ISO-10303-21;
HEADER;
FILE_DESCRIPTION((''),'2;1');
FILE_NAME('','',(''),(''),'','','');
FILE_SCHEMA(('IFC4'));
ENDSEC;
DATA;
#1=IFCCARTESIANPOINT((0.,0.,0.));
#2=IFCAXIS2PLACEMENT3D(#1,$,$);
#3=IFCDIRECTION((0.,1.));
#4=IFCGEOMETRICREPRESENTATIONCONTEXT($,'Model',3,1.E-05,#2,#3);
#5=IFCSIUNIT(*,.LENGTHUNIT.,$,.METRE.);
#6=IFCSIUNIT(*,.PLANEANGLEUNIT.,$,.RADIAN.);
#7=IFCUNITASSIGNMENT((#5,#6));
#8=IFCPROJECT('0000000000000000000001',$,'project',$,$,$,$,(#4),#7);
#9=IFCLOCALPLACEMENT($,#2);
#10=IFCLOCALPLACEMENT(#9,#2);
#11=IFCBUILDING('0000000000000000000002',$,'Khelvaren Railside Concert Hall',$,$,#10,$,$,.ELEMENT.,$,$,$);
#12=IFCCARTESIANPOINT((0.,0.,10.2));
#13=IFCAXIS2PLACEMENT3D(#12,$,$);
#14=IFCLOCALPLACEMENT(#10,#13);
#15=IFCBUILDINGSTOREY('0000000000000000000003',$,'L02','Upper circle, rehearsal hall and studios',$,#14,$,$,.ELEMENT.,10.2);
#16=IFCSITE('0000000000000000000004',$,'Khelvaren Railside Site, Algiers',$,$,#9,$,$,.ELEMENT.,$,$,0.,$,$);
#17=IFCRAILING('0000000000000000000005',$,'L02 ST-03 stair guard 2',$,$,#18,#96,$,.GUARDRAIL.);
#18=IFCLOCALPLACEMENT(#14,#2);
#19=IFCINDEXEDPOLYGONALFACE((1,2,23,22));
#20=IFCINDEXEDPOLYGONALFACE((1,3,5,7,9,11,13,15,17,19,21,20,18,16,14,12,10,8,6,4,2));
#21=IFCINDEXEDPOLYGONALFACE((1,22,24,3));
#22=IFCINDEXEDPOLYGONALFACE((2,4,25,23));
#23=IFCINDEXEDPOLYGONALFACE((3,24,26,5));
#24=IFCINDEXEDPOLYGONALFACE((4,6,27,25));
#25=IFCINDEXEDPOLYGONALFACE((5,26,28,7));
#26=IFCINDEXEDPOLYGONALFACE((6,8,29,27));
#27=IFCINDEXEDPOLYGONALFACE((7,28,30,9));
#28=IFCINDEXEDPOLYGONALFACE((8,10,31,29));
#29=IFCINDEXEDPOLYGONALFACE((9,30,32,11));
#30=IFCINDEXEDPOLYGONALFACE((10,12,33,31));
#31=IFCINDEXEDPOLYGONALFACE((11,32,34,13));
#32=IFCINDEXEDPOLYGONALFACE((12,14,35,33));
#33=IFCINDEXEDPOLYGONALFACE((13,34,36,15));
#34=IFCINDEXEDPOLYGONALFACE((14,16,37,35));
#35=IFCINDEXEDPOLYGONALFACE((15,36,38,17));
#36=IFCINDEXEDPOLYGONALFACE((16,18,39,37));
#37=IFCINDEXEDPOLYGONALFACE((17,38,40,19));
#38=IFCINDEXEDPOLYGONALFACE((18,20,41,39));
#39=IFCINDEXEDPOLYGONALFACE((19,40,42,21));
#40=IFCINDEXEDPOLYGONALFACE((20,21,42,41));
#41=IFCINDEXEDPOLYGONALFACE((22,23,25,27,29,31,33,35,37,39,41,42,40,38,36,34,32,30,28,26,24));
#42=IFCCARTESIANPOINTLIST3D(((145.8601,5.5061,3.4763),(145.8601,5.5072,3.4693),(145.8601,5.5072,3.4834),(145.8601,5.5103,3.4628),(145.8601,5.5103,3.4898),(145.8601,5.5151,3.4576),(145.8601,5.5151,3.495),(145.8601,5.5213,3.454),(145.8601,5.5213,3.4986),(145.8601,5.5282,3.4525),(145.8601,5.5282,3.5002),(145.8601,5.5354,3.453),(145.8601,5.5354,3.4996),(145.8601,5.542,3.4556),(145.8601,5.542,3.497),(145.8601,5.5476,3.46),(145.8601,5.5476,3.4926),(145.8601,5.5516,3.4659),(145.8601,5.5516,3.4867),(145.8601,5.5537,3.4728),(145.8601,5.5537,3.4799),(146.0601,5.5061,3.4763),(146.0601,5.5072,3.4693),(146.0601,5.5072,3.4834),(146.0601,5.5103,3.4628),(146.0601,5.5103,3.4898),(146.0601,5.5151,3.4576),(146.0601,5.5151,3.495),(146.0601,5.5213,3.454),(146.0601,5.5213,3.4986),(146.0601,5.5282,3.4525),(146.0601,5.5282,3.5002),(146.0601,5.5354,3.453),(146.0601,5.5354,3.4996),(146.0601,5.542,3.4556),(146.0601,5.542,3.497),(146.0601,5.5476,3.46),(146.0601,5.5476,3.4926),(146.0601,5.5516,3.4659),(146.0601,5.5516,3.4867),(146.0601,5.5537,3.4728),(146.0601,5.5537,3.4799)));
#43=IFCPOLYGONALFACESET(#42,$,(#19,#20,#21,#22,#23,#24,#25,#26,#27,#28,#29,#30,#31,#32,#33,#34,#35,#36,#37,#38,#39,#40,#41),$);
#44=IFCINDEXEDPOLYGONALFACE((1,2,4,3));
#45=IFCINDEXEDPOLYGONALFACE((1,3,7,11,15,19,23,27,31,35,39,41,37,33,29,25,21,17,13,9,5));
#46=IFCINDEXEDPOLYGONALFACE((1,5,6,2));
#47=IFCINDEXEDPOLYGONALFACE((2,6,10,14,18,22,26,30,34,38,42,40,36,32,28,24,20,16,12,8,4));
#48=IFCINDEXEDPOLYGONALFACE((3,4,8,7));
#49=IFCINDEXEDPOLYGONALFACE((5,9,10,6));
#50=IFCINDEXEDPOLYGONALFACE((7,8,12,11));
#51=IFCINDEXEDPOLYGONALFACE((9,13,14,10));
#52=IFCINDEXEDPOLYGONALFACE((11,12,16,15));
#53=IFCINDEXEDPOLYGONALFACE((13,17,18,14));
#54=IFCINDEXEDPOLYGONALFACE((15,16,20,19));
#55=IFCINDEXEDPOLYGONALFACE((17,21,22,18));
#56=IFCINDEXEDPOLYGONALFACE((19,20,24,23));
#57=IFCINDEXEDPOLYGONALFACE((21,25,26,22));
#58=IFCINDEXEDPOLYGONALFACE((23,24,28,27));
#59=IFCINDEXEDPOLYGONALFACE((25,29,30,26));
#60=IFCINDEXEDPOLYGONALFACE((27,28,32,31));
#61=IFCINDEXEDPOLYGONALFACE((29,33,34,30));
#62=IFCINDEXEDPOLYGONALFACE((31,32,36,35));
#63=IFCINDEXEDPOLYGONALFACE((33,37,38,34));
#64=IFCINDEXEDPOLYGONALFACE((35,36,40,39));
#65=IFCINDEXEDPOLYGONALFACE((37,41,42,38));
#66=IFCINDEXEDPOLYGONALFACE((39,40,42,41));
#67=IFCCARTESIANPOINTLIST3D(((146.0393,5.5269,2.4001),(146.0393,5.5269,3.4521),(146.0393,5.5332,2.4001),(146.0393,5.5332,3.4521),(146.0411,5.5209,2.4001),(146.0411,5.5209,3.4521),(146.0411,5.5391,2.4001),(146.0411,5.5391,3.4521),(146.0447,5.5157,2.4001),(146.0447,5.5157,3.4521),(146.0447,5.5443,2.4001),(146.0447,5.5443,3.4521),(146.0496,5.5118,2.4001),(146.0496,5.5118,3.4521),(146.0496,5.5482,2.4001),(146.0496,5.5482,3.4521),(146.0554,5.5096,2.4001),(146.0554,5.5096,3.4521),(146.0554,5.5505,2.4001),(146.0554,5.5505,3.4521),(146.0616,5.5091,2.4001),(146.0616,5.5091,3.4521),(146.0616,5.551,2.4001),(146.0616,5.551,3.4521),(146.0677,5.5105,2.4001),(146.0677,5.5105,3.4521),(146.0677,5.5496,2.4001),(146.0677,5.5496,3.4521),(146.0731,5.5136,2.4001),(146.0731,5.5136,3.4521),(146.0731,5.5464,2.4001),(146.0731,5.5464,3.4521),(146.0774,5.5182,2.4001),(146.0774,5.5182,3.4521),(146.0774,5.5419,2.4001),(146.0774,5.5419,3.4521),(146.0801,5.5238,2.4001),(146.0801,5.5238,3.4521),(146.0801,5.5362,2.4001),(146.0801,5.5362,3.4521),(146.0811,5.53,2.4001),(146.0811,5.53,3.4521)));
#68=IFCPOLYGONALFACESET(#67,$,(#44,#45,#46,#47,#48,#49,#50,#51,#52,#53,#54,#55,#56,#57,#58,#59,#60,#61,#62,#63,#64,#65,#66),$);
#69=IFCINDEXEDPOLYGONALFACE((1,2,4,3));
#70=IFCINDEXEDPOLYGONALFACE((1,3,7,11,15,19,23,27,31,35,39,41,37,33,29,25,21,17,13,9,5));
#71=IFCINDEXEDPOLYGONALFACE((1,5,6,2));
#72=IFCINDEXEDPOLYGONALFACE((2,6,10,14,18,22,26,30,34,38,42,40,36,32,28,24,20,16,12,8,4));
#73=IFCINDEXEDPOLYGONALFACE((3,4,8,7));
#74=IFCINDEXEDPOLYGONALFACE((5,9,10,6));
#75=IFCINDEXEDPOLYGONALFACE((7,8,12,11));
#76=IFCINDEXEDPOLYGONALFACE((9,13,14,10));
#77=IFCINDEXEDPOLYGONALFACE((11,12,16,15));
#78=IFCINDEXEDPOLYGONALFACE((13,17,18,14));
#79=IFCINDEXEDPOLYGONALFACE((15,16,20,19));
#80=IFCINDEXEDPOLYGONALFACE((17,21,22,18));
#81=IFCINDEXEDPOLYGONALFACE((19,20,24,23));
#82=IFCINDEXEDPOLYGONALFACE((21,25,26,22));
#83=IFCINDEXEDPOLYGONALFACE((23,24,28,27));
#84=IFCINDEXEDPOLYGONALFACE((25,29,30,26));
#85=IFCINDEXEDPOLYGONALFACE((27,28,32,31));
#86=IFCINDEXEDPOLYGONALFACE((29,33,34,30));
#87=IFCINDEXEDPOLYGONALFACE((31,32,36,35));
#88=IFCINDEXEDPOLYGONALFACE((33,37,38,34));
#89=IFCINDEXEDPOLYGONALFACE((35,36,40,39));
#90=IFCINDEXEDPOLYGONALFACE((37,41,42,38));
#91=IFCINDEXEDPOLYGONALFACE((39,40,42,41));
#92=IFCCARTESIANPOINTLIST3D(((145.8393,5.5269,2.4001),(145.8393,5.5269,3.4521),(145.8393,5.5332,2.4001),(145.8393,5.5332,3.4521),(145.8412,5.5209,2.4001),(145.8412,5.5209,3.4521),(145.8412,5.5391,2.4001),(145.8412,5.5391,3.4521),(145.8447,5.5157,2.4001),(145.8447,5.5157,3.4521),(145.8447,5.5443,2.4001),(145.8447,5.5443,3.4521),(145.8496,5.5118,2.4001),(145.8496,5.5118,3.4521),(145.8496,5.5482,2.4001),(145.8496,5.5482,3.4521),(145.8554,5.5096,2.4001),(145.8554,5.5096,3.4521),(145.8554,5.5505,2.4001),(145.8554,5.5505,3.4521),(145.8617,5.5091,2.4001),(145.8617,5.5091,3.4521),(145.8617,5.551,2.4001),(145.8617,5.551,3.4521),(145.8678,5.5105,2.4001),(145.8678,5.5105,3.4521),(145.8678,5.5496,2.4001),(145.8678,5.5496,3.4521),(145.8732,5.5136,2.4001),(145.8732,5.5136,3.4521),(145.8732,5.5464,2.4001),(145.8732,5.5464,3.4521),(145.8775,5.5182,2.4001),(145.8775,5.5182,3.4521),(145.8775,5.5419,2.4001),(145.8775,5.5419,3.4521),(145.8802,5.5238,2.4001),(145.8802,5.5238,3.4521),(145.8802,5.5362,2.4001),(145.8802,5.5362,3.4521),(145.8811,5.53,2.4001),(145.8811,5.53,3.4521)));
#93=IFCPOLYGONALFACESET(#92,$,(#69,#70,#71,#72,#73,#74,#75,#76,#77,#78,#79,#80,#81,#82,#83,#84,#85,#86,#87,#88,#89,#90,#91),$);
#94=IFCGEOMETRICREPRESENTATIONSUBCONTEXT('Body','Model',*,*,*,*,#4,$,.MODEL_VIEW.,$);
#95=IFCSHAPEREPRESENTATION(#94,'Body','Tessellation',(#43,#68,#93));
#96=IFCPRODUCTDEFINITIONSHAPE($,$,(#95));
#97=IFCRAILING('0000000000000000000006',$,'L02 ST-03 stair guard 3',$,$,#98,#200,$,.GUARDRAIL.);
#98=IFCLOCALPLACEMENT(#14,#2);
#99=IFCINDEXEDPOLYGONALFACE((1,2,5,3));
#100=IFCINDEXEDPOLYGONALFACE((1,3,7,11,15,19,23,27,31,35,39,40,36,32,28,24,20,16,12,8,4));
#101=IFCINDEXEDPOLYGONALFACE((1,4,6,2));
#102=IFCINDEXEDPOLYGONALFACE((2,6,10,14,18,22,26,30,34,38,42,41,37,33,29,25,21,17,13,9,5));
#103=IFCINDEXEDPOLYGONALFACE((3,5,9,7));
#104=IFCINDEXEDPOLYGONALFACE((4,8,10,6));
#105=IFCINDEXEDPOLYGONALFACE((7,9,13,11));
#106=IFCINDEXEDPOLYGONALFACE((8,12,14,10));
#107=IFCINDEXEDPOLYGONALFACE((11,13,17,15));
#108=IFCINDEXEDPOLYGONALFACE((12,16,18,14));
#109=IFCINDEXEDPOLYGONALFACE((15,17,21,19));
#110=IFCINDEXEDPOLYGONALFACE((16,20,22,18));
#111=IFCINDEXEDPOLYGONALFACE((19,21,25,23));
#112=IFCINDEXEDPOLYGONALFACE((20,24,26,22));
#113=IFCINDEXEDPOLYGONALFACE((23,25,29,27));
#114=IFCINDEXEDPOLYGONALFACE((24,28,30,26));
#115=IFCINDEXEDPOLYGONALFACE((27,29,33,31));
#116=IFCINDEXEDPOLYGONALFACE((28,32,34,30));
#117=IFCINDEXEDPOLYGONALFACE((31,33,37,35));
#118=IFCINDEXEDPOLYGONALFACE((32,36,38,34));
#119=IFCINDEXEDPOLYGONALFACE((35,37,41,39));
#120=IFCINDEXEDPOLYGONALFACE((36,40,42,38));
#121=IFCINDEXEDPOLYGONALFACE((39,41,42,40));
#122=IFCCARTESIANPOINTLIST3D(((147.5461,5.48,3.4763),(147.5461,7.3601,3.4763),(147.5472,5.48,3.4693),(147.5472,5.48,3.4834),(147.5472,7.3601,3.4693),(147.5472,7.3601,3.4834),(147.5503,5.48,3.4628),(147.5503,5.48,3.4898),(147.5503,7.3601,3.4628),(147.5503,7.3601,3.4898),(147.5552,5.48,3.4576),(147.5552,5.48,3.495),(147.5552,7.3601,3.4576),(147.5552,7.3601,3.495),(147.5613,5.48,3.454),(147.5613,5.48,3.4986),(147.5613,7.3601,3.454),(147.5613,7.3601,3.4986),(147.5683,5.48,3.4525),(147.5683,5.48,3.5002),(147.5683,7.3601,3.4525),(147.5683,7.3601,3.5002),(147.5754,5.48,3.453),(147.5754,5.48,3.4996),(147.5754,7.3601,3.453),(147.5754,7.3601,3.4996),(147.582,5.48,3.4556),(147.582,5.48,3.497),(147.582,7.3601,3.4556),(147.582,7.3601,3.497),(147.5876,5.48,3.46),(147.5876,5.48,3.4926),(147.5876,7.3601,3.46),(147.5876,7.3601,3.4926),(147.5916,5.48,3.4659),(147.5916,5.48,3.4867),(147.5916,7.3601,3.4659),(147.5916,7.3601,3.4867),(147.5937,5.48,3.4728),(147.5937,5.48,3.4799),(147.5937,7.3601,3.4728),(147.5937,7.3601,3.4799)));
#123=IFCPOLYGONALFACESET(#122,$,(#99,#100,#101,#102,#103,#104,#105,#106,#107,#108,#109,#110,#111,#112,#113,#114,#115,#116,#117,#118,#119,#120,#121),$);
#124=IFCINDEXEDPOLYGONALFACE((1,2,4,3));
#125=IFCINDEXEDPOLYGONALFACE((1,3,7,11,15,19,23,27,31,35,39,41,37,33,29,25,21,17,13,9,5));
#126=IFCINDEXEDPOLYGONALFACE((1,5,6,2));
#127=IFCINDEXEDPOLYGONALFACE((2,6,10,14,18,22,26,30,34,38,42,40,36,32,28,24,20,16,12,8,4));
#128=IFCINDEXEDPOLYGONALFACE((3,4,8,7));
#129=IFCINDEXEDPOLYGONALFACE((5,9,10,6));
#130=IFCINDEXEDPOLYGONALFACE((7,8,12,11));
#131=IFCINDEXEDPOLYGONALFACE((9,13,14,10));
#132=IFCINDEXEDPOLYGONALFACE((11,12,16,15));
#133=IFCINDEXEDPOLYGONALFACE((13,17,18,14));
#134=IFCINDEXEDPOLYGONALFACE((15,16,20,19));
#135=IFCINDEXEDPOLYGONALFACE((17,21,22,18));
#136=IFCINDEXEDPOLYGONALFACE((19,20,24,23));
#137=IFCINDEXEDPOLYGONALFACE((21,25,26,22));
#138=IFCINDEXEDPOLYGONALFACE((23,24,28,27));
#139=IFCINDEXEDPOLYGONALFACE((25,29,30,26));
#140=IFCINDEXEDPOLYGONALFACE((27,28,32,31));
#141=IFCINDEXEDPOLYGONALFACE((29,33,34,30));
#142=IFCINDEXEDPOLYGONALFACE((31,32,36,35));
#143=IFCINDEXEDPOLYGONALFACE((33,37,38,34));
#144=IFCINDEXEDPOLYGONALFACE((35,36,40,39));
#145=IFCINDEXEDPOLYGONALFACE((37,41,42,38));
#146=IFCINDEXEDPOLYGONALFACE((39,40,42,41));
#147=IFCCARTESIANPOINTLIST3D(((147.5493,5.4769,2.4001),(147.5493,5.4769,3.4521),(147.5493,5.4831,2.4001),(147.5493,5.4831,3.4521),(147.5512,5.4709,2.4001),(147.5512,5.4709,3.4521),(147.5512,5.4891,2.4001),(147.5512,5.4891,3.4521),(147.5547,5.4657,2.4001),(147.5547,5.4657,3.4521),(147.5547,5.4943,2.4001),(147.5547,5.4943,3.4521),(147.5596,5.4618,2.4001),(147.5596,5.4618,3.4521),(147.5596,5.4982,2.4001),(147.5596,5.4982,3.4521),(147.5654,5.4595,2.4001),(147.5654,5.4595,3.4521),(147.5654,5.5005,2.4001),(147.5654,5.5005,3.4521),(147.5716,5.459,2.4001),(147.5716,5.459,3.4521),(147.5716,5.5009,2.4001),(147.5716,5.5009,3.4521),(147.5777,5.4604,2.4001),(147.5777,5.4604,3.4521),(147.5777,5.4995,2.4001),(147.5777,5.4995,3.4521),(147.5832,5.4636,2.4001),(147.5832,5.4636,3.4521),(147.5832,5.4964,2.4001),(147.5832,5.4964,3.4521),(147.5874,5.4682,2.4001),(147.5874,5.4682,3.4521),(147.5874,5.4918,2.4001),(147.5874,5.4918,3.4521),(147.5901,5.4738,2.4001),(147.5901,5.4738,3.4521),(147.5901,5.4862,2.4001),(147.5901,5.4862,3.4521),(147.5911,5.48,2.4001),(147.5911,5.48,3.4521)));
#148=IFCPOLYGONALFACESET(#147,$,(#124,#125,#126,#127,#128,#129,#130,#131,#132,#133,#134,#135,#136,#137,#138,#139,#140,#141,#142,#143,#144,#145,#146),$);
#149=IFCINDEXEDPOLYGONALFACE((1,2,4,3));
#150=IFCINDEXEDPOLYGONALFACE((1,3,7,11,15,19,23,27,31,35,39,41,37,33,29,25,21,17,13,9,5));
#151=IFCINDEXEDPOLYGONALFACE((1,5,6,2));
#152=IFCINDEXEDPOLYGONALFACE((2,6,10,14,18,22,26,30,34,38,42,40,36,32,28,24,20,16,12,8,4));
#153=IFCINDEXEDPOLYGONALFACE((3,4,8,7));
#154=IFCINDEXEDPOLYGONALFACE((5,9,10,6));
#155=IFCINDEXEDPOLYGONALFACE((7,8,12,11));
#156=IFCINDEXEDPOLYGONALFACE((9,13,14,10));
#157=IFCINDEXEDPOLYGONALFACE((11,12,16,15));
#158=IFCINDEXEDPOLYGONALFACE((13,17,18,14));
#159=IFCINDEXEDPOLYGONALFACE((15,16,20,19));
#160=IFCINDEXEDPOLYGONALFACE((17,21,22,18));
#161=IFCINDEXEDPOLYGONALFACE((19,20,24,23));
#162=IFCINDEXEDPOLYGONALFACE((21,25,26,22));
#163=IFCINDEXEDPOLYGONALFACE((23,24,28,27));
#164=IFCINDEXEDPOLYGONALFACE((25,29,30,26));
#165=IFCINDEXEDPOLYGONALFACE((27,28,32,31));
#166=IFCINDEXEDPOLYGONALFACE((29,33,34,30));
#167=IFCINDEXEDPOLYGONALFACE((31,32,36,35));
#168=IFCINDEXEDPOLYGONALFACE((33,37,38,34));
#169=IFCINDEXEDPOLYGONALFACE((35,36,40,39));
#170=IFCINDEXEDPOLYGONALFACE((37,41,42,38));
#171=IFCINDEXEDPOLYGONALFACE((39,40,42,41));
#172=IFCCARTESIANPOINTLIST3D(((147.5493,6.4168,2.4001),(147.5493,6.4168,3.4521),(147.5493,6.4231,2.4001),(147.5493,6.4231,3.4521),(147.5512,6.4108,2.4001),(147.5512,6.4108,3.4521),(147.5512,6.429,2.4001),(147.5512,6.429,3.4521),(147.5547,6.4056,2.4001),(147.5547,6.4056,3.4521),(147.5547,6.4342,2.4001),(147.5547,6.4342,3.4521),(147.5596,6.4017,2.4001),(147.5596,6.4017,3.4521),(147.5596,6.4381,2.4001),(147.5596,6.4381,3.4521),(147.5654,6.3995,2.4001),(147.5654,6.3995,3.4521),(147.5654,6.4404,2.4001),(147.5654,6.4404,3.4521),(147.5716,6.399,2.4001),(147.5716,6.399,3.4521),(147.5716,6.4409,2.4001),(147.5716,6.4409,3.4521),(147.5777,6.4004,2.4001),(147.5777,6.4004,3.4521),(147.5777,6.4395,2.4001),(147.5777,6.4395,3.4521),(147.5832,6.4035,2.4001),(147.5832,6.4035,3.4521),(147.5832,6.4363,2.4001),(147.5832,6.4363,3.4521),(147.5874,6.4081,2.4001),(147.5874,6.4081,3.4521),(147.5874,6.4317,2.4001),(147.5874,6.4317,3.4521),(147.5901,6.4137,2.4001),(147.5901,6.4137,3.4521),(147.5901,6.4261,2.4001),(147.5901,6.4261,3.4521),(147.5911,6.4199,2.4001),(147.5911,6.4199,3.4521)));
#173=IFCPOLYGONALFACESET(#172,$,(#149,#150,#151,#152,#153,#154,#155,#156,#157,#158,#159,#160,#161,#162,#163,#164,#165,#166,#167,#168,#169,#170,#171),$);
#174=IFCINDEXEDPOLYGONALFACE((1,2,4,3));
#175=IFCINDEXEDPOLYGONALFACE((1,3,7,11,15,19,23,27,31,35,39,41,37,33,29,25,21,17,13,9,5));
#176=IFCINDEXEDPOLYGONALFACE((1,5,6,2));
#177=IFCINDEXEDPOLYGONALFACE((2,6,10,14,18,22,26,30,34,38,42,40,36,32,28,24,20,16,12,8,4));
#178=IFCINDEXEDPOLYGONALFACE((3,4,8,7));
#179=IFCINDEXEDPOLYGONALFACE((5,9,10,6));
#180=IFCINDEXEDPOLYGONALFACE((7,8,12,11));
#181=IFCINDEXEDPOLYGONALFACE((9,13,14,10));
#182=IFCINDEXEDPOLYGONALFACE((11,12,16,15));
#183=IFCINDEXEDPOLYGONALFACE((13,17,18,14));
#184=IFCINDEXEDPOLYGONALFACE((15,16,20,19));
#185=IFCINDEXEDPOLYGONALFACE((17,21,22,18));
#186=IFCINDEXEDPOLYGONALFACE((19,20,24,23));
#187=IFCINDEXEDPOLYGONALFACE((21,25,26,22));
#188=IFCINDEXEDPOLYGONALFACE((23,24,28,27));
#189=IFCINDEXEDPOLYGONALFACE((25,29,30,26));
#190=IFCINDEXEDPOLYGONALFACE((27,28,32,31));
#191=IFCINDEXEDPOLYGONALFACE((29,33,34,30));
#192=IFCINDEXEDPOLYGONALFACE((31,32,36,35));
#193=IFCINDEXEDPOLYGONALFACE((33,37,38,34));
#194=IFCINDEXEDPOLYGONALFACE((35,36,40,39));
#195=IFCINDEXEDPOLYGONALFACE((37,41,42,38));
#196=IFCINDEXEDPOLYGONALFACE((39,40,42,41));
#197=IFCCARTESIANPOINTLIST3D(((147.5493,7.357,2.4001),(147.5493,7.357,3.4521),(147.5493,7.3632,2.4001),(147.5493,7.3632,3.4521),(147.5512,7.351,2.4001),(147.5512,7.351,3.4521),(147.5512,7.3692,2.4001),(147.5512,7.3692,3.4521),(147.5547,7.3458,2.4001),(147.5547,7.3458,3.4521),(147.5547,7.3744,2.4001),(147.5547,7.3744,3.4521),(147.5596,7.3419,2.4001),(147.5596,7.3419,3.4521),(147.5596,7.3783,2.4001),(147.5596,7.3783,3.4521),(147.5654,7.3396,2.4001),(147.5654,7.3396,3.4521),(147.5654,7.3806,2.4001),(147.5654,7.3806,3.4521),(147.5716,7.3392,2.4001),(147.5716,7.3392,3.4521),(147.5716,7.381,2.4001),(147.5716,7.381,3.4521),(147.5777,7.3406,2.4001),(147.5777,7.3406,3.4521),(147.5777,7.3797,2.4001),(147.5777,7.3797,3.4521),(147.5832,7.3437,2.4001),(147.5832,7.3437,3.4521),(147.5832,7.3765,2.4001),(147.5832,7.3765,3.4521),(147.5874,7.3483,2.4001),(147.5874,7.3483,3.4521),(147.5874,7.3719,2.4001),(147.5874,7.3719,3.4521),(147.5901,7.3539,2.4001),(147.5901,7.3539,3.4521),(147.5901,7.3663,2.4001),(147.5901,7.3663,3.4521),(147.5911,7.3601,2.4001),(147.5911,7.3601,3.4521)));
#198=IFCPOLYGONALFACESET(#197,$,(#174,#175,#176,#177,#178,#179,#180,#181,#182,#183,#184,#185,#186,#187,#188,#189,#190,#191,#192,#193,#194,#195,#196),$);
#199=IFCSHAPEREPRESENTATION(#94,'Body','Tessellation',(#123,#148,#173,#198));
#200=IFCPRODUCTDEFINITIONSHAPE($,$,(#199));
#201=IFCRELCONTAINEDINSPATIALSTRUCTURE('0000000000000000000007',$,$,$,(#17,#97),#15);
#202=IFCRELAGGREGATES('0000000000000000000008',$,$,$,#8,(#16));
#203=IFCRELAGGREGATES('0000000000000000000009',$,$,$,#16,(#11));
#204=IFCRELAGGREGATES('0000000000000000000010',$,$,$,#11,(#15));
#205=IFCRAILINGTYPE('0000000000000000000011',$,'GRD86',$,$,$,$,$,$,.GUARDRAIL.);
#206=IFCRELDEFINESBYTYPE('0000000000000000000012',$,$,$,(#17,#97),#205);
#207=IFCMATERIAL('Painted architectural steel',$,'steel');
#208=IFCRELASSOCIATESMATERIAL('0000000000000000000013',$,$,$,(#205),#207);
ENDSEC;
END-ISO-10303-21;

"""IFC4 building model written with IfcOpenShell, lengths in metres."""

from ifc_helpers import new_model, si_unit, direction, frame, origin, origin_2d, place, context, subcontext, project, spatial, circle, extrude, material, type_object, element, save


model = new_model("IFC4")

# Units and contexts
model_context = context("Model", 3, precision=1e-05, world=origin(), true_north=direction((0.0, 1.0)))
body_context = subcontext(model_context, "Body", "Model", "MODEL_VIEW")
ifc_project = project(units=[si_unit("LENGTHUNIT", "METRE"), si_unit("PLANEANGLEUNIT", "RADIAN")], contexts=[model_context])

# Site, building, storey
site_placement = place(None, origin())
site = spatial("IfcSite", under=ifc_project, at=site_placement, Name="Khelvaren Railside Site, Algiers", CompositionType="ELEMENT", RefElevation=0.0)
building_placement = place(site_placement, origin())
building = spatial("IfcBuilding", under=site, at=building_placement, Name="Khelvaren Railside Concert Hall", CompositionType="ELEMENT")
storey_placement = place(building_placement, frame((0.0, 0.0, 10.2)))
storey = spatial("IfcBuildingStorey", under=building, at=storey_placement, Name="L02", Description="Upper circle, rehearsal hall and studios", CompositionType="ELEMENT", Elevation=10.2)

# Railings
ifc_material_1 = material(Name="Painted architectural steel", Category="steel")
railing_type_1 = type_object("IfcRailingType", Name="GRD86", PredefinedType="GUARDRAIL", material=ifc_material_1)
railing_1_placement = place(storey_placement, frame((146.0601, 5.53, 2.4001)))
element("IfcRailing", 1, at=railing_1_placement, inside=storey, type_object=railing_type_1, Name="L02 ST-03 stair guard 2", PredefinedType="GUARDRAIL", context=body_context, shape_type="SweptSolid", body=[
    extrude(circle(Radius=0.0239, at=origin_2d()), frame((0.0, 0.0, 1.0762), z_axis=(-1.0, 0.0, 0.0), x_axis=(0.0, -1.0, 0.0)), (0.0, 0.0, 1.0), 0.2),
    extrude(circle(Radius=0.021, at=origin_2d()), origin(), (0.0, 0.0, 1.0), 1.052),
    extrude(circle(Radius=0.021, at=origin_2d()), frame((-0.2, 0.0, 0.0)), (0.0, 0.0, 1.0), 1.052),
])
for number, where, name in (
    (2, (147.5701, 5.48, 2.4001), "L02 ST-03 stair guard 3"),
):
    element("IfcRailing", number, at=place(storey_placement, frame(where)), inside=storey, type_object=railing_type_1, Name=name, PredefinedType="GUARDRAIL", context=body_context, shape_type="SweptSolid", body=[
        extrude(circle(Radius=0.0239, at=origin_2d()), frame((0.0, 0.0, 1.0762), z_axis=(0.0, 1.0, 0.0), x_axis=(-1.0, 0.0, 0.0)), (0.0, 0.0, 1.0), 1.8801),
        extrude(circle(Radius=0.021, at=origin_2d()), origin(), (0.0, 0.0, 1.0), 1.052),
        extrude(circle(Radius=0.021, at=origin_2d()), frame((0.0, 0.9399, 0.0)), (0.0, 0.0, 1.0), 1.052),
        extrude(circle(Radius=0.021, at=origin_2d()), frame((0.0, 1.8801, 0.0)), (0.0, 0.0, 1.0), 1.052),
    ])

save(model, "model.ifc")
